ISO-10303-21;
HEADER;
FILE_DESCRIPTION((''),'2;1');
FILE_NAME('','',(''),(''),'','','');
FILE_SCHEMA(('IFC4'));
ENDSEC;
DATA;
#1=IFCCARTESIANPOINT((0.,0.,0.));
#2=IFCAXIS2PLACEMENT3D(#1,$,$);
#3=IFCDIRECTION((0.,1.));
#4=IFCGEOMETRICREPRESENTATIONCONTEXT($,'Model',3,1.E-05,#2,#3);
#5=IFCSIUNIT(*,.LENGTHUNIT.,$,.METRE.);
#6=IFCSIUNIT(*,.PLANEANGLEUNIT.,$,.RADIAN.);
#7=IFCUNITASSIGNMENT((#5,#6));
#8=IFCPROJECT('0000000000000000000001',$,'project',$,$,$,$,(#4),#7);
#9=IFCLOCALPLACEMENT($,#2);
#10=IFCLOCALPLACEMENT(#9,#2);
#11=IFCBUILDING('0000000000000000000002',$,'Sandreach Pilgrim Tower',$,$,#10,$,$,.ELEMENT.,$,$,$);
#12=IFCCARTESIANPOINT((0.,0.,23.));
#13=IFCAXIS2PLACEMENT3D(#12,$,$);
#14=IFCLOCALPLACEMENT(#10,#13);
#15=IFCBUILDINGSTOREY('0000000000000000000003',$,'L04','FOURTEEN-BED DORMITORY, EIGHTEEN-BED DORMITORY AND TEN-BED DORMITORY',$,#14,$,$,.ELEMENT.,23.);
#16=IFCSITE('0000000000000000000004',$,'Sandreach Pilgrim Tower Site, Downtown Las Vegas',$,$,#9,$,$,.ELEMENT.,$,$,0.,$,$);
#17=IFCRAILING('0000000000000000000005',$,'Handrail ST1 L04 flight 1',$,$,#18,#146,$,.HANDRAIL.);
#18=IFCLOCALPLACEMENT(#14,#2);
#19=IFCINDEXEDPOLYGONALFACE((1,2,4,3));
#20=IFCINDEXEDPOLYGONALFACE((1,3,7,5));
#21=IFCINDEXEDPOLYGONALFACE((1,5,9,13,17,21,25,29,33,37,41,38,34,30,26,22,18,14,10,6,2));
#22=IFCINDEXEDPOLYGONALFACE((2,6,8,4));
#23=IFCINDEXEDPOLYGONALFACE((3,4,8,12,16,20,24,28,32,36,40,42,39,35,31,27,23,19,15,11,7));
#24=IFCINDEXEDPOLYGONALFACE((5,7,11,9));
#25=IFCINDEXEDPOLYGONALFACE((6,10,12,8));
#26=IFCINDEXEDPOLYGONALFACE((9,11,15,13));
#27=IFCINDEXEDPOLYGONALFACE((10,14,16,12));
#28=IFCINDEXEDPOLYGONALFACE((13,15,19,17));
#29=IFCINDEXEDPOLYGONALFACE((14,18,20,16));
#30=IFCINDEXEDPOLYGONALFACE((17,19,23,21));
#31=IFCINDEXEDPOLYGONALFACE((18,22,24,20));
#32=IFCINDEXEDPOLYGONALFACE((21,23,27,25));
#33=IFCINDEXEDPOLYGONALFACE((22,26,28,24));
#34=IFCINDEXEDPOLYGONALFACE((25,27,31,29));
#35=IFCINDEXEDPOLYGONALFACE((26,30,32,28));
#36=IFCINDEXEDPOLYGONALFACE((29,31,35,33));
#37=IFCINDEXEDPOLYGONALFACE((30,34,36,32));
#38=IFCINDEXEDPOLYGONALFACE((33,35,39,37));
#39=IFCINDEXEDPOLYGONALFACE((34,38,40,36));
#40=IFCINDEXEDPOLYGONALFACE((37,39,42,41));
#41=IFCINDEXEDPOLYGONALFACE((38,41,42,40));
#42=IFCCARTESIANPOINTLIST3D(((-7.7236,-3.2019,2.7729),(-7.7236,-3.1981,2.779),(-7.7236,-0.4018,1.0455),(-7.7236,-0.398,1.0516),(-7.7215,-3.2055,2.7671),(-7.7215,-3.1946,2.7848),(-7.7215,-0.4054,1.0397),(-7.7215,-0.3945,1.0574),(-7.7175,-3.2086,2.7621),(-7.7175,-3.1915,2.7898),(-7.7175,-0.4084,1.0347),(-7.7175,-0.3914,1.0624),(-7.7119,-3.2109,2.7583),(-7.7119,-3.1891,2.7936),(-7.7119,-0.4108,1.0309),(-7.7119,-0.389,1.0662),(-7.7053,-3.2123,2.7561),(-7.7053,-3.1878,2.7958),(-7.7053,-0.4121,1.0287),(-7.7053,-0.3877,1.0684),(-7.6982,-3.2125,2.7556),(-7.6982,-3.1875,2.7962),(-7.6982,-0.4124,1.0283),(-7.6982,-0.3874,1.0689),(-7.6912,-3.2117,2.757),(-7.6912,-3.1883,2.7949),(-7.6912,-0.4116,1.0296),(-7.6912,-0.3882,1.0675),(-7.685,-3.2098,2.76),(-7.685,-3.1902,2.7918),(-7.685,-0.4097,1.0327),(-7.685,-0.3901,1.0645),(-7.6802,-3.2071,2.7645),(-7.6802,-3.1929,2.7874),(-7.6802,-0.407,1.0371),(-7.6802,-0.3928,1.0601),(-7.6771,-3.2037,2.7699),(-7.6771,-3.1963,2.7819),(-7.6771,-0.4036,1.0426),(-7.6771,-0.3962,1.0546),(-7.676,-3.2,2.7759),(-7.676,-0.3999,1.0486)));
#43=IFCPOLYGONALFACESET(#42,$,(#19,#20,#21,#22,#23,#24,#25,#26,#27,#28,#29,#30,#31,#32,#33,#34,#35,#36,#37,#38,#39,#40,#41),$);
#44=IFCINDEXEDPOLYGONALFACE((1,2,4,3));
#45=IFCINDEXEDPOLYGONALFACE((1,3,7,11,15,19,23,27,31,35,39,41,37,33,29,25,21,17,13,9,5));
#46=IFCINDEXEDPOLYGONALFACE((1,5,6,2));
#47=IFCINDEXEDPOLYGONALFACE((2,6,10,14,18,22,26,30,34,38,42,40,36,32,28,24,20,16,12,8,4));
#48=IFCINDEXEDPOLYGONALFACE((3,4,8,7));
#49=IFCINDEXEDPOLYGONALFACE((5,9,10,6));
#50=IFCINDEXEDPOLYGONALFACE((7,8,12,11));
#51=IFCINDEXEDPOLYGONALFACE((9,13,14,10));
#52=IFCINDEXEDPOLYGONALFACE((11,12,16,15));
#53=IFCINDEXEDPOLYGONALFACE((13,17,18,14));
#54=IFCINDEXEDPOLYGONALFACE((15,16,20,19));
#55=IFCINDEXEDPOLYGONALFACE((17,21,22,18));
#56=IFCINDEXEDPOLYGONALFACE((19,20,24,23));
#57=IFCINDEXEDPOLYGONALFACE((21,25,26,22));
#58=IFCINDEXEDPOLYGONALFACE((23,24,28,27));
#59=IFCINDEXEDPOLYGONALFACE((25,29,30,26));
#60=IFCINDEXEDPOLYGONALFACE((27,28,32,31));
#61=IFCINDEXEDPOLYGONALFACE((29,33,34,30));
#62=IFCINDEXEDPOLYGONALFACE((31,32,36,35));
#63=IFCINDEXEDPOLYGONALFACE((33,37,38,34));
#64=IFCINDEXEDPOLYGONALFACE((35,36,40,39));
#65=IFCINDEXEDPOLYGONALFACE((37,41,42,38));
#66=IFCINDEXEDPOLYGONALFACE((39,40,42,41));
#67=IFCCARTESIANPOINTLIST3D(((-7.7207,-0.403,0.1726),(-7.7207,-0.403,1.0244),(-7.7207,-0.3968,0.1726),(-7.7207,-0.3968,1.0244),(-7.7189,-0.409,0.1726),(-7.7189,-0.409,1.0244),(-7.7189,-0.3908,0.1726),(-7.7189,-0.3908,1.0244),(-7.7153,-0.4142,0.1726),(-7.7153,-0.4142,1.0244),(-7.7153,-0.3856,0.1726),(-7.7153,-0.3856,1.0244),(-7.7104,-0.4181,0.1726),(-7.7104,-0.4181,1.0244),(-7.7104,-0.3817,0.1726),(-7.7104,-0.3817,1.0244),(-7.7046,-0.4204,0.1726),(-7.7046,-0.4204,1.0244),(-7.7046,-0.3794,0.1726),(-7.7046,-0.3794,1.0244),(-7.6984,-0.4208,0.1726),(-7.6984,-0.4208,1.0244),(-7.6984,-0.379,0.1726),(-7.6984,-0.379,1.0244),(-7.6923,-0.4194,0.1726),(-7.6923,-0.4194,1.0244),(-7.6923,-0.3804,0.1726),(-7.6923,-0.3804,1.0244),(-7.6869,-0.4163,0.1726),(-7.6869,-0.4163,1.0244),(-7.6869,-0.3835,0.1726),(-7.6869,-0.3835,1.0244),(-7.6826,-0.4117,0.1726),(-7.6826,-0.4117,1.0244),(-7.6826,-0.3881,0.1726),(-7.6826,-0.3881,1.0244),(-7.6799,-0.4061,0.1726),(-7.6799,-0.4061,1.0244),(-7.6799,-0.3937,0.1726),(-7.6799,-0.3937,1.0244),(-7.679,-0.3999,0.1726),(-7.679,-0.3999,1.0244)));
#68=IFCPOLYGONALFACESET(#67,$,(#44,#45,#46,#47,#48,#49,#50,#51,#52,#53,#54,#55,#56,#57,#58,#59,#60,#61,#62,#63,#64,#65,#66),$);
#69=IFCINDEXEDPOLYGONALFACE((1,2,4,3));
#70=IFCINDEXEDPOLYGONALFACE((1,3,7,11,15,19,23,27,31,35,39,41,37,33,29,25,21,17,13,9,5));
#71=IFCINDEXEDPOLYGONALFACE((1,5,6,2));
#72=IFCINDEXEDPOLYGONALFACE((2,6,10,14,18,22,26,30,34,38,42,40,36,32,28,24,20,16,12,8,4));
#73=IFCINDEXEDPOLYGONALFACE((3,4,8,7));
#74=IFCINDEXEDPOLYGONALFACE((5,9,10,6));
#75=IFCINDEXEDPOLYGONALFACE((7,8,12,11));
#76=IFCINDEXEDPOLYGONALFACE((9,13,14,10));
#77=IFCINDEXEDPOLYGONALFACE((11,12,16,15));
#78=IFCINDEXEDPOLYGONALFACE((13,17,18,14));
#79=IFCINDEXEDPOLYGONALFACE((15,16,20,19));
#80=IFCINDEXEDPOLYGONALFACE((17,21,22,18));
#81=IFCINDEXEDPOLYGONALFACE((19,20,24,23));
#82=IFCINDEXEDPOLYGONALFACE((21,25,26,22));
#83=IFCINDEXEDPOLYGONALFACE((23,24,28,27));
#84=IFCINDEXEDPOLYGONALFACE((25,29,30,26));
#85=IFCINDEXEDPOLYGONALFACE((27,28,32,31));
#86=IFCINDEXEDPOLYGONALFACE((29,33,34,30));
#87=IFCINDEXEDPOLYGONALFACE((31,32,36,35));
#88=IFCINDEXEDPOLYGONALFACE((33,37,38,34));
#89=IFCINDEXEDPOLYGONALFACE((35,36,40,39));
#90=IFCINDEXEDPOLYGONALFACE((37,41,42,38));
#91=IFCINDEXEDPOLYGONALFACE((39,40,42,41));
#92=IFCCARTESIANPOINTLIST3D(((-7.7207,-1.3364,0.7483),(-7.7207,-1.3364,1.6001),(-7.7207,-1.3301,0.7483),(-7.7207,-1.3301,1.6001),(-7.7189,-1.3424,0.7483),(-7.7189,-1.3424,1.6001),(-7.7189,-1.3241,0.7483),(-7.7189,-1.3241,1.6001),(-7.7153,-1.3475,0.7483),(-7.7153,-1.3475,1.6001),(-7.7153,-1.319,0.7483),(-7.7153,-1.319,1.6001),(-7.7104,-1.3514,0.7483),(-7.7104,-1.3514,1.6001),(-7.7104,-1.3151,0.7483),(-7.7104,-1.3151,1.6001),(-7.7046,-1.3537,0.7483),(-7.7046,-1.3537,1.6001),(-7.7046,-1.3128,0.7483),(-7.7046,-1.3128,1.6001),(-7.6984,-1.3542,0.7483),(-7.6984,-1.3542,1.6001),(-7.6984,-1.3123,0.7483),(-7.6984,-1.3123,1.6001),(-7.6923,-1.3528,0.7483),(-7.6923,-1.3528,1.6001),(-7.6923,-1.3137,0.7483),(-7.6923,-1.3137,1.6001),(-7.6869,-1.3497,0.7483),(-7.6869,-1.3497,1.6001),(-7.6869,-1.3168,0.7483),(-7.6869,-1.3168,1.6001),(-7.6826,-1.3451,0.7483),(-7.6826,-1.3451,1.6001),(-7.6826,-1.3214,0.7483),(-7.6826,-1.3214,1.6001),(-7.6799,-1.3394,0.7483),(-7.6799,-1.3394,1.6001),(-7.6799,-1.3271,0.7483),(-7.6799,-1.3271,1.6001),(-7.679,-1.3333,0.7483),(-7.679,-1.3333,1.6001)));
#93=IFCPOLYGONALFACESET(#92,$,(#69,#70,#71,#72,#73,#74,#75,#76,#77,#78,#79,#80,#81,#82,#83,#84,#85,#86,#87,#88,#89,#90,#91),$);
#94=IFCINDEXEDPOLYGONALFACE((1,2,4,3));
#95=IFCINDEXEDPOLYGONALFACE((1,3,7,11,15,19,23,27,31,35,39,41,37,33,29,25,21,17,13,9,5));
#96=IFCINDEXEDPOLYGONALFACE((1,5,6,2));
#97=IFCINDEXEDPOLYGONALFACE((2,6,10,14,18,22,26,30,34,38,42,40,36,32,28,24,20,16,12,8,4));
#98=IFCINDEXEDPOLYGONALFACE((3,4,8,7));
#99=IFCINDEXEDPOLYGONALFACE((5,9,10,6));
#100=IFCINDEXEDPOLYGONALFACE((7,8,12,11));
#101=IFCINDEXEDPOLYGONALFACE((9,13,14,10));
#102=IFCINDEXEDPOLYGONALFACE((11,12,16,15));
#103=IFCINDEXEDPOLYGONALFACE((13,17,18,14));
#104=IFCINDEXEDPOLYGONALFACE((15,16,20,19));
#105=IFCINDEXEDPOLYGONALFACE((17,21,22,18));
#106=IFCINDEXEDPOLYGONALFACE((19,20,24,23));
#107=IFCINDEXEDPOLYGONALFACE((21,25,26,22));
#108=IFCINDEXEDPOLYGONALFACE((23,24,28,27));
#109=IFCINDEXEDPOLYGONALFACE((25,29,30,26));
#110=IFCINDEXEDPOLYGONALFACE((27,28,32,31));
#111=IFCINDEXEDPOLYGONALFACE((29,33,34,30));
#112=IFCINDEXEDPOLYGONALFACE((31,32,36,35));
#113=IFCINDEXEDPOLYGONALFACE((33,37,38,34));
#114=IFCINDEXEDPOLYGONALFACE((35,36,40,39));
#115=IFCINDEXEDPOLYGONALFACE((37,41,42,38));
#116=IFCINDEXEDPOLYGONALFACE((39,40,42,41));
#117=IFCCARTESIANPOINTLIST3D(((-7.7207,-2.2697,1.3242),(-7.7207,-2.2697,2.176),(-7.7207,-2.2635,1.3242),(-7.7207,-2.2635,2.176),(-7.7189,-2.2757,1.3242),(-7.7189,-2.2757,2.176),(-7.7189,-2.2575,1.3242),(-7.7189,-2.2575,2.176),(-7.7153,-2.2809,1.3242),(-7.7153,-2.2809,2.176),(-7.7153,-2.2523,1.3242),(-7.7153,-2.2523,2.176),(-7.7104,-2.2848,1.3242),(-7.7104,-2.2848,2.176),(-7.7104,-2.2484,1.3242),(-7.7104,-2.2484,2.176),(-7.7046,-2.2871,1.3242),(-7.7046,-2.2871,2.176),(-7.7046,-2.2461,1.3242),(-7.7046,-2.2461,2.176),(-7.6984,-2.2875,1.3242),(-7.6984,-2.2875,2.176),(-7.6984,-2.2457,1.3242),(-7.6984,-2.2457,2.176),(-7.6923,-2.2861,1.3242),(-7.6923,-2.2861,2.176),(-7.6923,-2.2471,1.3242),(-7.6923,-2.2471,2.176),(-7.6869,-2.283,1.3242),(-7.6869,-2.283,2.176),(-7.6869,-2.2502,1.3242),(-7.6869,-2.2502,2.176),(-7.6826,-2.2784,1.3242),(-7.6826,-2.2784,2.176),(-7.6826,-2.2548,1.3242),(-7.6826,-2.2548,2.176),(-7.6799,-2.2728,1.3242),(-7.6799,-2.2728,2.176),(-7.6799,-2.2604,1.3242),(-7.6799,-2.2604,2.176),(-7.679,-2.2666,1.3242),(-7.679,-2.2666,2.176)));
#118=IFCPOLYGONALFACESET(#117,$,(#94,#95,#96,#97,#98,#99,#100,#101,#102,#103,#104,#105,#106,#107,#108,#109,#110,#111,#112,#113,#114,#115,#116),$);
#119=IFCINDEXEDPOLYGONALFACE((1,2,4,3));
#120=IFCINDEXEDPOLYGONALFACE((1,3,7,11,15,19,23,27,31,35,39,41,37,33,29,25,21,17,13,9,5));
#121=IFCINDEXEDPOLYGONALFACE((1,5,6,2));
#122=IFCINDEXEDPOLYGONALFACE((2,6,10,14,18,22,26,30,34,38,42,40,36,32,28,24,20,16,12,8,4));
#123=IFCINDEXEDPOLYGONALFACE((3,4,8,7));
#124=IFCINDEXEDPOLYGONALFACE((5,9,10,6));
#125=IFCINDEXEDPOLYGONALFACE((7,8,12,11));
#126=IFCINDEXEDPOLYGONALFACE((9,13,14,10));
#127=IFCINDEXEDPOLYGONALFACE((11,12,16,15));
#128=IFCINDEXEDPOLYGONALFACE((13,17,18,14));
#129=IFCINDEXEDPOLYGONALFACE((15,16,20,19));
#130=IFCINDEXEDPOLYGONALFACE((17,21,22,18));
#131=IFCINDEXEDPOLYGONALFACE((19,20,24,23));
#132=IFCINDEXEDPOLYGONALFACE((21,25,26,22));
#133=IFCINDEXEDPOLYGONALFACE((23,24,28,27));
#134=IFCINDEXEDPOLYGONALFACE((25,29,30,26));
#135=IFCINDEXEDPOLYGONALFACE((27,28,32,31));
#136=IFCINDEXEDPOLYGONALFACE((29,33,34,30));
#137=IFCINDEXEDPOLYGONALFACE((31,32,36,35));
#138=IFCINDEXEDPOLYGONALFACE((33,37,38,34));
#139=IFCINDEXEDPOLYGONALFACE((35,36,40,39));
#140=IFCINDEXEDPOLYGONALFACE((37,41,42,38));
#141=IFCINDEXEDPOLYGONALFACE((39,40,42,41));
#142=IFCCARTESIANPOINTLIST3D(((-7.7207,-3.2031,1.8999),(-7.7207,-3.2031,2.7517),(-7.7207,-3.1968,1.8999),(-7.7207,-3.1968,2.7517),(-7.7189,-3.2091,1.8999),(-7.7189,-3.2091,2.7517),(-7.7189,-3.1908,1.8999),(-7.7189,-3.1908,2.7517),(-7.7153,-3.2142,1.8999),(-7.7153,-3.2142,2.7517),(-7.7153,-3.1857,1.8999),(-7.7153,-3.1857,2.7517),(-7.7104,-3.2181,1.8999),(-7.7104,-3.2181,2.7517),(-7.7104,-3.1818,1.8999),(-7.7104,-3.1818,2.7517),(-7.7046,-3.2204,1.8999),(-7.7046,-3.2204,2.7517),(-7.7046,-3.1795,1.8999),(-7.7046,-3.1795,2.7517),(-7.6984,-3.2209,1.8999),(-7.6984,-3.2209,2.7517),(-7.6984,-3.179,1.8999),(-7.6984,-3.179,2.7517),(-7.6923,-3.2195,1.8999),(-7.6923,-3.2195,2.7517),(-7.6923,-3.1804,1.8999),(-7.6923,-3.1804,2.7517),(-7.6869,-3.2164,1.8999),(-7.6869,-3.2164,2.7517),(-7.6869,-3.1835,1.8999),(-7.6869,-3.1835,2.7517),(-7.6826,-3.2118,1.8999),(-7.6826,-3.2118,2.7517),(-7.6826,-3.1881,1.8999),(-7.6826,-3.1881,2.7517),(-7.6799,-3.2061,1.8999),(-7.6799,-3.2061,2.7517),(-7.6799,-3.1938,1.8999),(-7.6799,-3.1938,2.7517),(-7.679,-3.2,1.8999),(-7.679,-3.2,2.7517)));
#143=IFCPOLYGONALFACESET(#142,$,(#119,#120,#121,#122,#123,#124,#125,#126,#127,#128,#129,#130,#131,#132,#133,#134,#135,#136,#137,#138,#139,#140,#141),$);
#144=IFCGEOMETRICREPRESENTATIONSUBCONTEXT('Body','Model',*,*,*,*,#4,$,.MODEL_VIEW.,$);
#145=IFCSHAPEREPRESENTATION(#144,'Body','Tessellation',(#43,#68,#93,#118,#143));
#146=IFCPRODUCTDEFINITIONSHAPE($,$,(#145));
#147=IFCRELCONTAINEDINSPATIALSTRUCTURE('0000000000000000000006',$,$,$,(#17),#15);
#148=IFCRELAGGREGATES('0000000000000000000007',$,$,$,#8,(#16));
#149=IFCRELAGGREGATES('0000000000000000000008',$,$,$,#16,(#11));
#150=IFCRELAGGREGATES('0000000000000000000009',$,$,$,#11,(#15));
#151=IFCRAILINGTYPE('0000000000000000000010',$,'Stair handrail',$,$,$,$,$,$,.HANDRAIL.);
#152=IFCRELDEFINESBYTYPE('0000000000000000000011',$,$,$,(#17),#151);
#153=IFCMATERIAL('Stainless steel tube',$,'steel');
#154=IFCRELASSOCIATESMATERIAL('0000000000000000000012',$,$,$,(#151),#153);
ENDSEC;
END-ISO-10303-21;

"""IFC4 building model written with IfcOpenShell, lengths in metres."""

from ifc_helpers import new_model, si_unit, direction, frame, origin, origin_2d, place, context, subcontext, project, spatial, circle, extrude, material, type_object, element, save


model = new_model("IFC4")

# Units and contexts
model_context = context("Model", 3, precision=1e-05, world=origin(), true_north=direction((0.0, 1.0)))
body_context = subcontext(model_context, "Body", "Model", "MODEL_VIEW")
ifc_project = project(units=[si_unit("LENGTHUNIT", "METRE"), si_unit("PLANEANGLEUNIT", "RADIAN")], contexts=[model_context])

# Site, building, storey
site_placement = place(None, origin())
site = spatial("IfcSite", under=ifc_project, at=site_placement, Name="Sandreach Pilgrim Tower Site, Downtown Las Vegas", CompositionType="ELEMENT", RefElevation=0.0)
building_placement = place(site_placement, origin())
building = spatial("IfcBuilding", under=site, at=building_placement, Name="Sandreach Pilgrim Tower", CompositionType="ELEMENT")
storey_placement = place(building_placement, frame((0.0, 0.0, 23.0)))
storey = spatial("IfcBuildingStorey", under=building, at=storey_placement, Name="L04", Description="FOURTEEN-BED DORMITORY, EIGHTEEN-BED DORMITORY AND TEN-BED DORMITORY", CompositionType="ELEMENT", Elevation=23.0)

# Railing
ifc_material_1 = material(Name="Stainless steel tube", Category="steel")
railing_type = type_object("IfcRailingType", Name="Stair handrail", PredefinedType="HANDRAIL", material=ifc_material_1)
for number, where, name in (
    (1, (-7.7, -0.3999, 0.1726), "Handrail ST1 L04 flight 1"),
):
    element("IfcRailing", number, at=place(storey_placement, frame(where)), inside=storey, type_object=railing_type, Name=name, PredefinedType="HANDRAIL", context=body_context, shape_type="SweptSolid", body=[
        extrude(circle(Radius=0.0239, at=origin_2d()), frame((0.0, 0.0, 0.876), z_axis=(0.0, -0.85109, 0.52502), x_axis=(1.0, 0.0, 0.0)), (0.0, 0.0, 1.0), 3.29),
        extrude(circle(Radius=0.021, at=origin_2d()), origin(), (0.0, 0.0, 1.0), 0.8518),
        extrude(circle(Radius=0.021, at=origin_2d()), frame((0.0, -0.9333, 0.5757)), (0.0, 0.0, 1.0), 0.8518),
        extrude(circle(Radius=0.021, at=origin_2d()), frame((0.0, -1.8667, 1.1516)), (0.0, 0.0, 1.0), 0.8518),
        extrude(circle(Radius=0.021, at=origin_2d()), frame((0.0, -2.8, 1.7273)), (0.0, 0.0, 1.0), 0.8518),
    ])

save(model, "model.ifc")
